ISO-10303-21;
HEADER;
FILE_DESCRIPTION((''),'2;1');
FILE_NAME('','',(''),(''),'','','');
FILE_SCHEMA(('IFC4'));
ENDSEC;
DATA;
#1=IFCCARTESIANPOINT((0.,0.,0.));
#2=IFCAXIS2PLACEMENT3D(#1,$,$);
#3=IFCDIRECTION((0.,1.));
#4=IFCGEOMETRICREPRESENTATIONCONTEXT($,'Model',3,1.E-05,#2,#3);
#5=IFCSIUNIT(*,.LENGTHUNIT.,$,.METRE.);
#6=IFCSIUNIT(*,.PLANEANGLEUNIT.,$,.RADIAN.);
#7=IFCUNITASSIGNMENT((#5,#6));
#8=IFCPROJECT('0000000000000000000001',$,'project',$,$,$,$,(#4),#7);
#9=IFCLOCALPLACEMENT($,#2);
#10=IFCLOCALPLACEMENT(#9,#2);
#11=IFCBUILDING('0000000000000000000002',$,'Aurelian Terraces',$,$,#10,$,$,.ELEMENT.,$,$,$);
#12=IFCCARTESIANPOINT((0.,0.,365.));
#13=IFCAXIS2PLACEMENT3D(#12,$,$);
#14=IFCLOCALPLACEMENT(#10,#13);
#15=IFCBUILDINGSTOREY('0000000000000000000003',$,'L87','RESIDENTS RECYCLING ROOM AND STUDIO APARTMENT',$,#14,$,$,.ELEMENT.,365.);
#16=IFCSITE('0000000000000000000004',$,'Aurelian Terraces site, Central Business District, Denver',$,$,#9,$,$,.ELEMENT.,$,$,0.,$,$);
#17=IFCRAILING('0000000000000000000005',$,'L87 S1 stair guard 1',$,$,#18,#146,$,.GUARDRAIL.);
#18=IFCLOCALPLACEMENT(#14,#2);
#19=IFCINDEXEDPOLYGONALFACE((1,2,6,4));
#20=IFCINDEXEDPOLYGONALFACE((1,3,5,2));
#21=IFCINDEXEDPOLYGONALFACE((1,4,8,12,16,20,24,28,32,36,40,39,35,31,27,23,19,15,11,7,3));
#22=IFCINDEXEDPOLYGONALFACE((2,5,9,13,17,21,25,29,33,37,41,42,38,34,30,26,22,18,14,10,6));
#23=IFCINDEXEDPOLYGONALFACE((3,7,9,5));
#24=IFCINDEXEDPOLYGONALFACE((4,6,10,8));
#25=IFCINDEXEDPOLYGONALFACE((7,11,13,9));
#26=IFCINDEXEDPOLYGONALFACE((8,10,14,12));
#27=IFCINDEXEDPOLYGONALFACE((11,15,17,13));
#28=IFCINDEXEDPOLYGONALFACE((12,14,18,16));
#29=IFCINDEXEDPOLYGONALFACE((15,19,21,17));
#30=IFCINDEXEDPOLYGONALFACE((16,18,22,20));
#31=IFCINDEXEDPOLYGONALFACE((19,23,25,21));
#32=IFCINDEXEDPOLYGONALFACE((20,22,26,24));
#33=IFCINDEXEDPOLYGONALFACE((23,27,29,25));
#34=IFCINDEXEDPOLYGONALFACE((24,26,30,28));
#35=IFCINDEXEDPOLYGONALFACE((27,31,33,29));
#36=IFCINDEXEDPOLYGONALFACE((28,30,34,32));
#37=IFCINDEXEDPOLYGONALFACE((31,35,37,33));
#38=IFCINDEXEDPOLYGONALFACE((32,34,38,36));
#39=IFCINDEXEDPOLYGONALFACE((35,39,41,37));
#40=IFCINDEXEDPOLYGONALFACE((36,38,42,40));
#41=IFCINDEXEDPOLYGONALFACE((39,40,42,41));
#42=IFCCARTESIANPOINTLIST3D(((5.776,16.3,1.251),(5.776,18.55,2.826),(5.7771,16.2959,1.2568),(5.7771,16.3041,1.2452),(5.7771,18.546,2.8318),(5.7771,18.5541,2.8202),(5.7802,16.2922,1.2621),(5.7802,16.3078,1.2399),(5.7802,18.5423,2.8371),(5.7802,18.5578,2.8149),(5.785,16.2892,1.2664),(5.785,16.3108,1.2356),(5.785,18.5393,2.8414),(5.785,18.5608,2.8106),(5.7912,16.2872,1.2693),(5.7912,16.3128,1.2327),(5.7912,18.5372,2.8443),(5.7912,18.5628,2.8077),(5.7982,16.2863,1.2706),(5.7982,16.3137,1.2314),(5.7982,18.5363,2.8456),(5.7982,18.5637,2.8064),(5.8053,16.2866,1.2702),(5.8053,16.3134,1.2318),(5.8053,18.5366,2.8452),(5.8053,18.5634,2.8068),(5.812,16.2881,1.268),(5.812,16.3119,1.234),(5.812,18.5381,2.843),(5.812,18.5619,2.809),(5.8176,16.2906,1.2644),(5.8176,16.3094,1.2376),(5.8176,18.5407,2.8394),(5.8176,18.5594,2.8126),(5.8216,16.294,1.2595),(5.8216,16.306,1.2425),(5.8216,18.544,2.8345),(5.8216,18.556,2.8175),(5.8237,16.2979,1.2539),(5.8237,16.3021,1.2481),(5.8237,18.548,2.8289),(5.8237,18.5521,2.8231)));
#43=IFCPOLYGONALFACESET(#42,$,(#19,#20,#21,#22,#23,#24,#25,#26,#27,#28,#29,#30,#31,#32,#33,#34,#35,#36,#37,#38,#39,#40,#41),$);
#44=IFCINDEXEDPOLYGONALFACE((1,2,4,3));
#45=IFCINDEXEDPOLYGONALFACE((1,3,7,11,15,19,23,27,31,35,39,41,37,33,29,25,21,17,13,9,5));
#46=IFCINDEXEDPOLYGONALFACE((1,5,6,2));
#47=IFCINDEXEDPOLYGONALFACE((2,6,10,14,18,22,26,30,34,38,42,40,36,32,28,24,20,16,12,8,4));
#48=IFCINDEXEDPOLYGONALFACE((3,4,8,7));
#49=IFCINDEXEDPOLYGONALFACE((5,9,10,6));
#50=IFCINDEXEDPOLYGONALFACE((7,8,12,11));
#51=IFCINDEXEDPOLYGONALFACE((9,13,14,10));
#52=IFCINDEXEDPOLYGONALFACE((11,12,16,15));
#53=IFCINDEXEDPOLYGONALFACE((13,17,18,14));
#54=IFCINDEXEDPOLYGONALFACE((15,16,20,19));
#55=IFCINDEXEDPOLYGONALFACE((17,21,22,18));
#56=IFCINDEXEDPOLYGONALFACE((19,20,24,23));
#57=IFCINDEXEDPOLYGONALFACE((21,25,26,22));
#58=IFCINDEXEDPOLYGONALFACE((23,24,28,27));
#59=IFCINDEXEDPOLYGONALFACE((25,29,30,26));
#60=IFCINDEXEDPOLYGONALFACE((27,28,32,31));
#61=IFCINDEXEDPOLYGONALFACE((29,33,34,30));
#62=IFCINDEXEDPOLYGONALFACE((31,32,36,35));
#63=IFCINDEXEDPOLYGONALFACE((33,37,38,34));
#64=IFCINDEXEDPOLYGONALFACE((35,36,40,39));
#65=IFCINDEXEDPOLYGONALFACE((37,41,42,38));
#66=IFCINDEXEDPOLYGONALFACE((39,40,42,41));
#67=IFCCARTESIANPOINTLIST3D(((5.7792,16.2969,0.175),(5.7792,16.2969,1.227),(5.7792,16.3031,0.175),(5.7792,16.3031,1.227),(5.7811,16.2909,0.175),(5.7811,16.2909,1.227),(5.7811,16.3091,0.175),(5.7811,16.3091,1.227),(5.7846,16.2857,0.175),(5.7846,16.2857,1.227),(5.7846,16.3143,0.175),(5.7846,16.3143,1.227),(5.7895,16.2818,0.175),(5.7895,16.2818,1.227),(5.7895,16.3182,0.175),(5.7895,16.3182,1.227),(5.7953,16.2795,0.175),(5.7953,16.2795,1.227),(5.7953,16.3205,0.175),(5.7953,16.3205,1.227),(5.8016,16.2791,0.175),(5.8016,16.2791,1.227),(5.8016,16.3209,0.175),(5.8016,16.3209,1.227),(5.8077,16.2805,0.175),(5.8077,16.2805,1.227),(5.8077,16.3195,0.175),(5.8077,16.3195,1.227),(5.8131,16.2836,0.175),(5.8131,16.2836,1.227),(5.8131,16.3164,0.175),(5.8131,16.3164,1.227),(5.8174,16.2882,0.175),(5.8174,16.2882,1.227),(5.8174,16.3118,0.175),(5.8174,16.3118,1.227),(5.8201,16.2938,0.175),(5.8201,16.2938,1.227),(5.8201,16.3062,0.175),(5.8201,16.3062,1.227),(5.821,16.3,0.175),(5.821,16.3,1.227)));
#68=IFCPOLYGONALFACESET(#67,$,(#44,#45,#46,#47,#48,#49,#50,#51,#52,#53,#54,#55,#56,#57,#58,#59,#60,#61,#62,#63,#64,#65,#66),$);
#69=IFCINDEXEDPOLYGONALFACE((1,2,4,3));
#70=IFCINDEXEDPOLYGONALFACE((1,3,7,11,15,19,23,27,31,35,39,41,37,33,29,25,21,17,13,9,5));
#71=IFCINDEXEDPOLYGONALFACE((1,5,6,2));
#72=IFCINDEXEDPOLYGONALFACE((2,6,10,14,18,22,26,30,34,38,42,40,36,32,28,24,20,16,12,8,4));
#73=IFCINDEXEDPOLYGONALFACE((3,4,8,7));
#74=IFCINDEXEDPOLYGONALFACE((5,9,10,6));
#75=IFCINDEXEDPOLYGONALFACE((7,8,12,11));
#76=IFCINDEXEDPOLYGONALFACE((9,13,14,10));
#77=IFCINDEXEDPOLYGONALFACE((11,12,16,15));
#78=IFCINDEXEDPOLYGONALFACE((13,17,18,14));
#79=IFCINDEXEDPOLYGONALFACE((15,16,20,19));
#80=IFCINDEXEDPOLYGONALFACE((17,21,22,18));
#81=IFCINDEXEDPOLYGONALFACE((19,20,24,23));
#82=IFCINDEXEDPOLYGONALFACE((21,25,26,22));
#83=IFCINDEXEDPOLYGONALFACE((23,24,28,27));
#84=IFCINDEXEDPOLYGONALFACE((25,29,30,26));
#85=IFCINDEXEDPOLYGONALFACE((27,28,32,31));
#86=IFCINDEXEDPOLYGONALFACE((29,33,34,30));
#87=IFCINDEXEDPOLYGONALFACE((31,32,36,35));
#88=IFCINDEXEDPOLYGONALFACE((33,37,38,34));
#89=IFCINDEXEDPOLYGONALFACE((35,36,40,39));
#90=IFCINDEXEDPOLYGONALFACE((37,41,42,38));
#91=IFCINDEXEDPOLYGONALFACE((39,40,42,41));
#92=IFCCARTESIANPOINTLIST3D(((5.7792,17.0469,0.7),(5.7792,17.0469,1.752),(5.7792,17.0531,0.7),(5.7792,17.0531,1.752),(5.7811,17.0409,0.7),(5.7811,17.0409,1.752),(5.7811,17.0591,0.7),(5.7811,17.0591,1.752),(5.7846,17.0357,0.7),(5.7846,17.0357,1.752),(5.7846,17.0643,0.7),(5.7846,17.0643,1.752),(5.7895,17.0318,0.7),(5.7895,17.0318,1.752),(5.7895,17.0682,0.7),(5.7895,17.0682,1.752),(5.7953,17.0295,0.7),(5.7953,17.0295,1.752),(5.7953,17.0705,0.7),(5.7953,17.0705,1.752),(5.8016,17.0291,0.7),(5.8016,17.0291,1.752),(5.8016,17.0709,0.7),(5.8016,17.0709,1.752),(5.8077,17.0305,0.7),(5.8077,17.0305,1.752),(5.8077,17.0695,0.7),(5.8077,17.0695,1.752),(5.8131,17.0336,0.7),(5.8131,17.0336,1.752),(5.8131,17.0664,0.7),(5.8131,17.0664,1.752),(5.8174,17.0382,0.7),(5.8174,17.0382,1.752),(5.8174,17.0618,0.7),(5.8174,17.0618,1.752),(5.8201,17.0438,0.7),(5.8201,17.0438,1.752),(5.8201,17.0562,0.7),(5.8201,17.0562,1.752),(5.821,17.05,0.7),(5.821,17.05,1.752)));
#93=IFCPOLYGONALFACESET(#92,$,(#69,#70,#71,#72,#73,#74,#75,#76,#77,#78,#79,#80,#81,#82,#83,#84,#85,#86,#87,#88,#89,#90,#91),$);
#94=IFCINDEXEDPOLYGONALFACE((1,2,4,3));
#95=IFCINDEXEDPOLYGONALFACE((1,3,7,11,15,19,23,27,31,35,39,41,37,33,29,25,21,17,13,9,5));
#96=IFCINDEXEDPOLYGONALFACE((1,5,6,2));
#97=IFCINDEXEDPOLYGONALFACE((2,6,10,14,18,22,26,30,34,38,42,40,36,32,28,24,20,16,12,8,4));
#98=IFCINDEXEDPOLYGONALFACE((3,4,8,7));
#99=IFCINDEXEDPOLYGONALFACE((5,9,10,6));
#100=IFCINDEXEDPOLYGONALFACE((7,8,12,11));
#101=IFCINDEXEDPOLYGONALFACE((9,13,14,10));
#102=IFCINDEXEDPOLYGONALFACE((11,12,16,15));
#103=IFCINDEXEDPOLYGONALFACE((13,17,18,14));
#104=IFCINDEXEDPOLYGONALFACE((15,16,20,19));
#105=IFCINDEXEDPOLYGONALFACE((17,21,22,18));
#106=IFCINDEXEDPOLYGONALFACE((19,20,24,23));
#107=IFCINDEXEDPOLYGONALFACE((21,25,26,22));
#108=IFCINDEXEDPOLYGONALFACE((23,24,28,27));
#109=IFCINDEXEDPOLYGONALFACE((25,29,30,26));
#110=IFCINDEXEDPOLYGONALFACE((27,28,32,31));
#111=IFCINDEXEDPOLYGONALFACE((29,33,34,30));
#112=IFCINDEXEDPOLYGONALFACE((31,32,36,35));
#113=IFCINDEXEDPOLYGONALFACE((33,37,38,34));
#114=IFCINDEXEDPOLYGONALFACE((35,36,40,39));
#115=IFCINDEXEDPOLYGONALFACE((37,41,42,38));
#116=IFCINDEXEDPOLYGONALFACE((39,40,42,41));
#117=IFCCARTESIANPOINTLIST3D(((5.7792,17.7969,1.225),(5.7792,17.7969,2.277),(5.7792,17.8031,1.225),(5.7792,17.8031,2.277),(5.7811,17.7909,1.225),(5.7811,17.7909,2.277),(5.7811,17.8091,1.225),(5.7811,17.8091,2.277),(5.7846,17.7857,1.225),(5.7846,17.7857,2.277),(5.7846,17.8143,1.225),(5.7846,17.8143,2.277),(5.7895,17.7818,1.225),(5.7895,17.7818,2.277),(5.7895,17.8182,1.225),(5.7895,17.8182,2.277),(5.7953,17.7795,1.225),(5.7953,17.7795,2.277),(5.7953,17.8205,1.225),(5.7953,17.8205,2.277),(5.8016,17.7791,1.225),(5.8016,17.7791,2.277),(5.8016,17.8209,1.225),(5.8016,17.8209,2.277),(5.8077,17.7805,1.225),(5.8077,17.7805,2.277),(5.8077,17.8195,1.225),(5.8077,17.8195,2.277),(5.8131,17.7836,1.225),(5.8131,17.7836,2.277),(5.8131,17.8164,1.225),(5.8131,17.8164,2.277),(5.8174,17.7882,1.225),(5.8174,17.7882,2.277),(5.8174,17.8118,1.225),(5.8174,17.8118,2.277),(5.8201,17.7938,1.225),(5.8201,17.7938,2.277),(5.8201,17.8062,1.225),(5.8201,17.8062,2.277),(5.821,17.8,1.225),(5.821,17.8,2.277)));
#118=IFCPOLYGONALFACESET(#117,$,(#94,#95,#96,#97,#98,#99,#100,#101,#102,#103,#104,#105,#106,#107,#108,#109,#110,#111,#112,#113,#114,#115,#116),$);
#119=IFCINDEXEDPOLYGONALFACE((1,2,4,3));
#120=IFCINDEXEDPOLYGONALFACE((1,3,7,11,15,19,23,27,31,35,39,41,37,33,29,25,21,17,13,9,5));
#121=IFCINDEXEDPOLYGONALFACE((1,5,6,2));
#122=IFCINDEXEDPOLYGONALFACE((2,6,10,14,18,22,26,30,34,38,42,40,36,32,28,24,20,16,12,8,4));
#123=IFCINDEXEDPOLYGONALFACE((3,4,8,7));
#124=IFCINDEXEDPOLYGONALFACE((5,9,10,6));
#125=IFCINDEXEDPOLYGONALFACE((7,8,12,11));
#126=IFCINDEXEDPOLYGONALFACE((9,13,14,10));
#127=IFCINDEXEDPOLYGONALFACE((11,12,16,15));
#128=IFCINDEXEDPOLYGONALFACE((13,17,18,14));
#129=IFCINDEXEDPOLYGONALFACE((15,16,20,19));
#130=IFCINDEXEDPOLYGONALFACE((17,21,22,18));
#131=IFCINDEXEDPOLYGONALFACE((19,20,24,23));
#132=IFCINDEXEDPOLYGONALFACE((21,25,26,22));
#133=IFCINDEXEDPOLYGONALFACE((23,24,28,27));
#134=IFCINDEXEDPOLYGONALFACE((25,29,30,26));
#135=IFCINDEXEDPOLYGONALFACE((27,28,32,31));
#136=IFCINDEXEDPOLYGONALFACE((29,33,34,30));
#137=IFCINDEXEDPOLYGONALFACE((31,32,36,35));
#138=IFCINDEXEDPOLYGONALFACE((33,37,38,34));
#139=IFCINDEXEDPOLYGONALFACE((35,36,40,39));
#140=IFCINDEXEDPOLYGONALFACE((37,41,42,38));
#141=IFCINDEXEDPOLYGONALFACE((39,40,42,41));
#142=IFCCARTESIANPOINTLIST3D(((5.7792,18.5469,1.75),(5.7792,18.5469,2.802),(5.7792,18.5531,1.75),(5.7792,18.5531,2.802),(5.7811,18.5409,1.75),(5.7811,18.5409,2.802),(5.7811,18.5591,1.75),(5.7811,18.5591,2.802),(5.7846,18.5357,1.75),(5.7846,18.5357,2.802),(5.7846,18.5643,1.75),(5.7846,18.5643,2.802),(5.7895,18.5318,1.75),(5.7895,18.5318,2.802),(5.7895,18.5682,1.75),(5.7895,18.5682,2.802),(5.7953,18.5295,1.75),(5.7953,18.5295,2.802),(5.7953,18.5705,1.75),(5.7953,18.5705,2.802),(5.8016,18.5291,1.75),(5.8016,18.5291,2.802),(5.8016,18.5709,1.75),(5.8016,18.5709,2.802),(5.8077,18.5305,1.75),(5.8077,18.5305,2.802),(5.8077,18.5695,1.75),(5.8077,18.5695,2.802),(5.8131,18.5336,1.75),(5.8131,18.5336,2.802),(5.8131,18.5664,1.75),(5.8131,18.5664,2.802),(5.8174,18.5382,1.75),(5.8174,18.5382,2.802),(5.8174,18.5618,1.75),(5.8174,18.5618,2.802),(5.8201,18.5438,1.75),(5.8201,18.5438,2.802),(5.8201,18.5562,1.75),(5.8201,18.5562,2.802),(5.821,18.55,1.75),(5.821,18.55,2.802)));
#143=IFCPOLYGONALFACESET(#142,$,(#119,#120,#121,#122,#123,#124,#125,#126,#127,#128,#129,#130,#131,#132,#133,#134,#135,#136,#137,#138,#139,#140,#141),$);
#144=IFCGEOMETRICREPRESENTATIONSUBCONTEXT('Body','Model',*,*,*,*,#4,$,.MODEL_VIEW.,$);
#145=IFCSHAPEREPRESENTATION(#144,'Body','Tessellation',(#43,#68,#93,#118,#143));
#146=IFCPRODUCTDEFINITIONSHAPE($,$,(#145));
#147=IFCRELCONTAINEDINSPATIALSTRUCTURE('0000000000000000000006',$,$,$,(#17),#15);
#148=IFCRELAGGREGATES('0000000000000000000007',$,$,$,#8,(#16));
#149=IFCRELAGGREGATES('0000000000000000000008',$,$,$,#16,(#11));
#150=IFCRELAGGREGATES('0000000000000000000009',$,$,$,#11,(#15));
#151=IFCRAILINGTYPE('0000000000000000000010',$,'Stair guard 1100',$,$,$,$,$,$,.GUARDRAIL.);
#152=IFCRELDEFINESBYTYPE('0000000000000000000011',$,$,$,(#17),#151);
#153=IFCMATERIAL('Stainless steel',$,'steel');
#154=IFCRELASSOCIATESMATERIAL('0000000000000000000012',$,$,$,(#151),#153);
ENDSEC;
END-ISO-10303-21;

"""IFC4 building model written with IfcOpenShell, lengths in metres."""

from ifc_helpers import new_model, si_unit, direction, frame, origin, origin_2d, place, context, subcontext, project, spatial, circle, extrude, source, transform, mapped, material, type_object, element, save


model = new_model("IFC4")

# Units and contexts
model_context = context("Model", 3, precision=1e-05, world=origin(), true_north=direction((0.0, 1.0)))
body_context = subcontext(model_context, "Body", "Model", "MODEL_VIEW")
ifc_project = project(units=[si_unit("LENGTHUNIT", "METRE"), si_unit("PLANEANGLEUNIT", "RADIAN")], contexts=[model_context])

# Site, building, storey
site_placement = place(None, origin())
site = spatial("IfcSite", under=ifc_project, at=site_placement, Name="Aurelian Terraces site, Central Business District, Denver", CompositionType="ELEMENT", RefElevation=0.0)
building_placement = place(site_placement, origin())
building = spatial("IfcBuilding", under=site, at=building_placement, Name="Aurelian Terraces", CompositionType="ELEMENT")
storey_placement = place(building_placement, frame((0.0, 0.0, 365.0)))
storey = spatial("IfcBuildingStorey", under=building, at=storey_placement, Name="L87", Description="RESIDENTS RECYCLING ROOM AND STUDIO APARTMENT", CompositionType="ELEMENT", Elevation=365.0)

# Shared definitions
ifc_material_1 = material(Name="Stainless steel", Category="steel")

# Railing
railing_type = type_object("IfcRailingType", Name="Stair guard 1100", PredefinedType="GUARDRAIL", material=ifc_material_1)
shared_shape_1 = source(origin(), body_context, "Body", "SweptSolid", [
    extrude(circle(Radius=0.024, at=origin_2d()), frame((0.0, 0.0, 1.076), z_axis=(0.0, 0.819232, 0.573462), x_axis=(-1.0, 0.0, 0.0)), (0.0, 0.0, 1.0), 2.7465),
    extrude(circle(Radius=0.021, at=origin_2d()), origin(), (0.0, 0.0, 1.0), 1.052),
    extrude(circle(Radius=0.021, at=origin_2d()), frame((0.0, 0.75, 0.525)), (0.0, 0.0, 1.0), 1.052),
    extrude(circle(Radius=0.021, at=origin_2d()), frame((0.0, 1.5, 1.05)), (0.0, 0.0, 1.0), 1.052),
    extrude(circle(Radius=0.021, at=origin_2d()), frame((0.0, 2.25, 1.575)), (0.0, 0.0, 1.0), 1.052),
])
railing_1_placement = place(storey_placement, frame((5.8, 16.3, 0.175)))
element("IfcRailing", 1, at=railing_1_placement, inside=storey, type_object=railing_type, Name="L87 S1 stair guard 1", PredefinedType="GUARDRAIL", context=body_context, shape_type="MappedRepresentation", body=[
    mapped(shared_shape_1, transform((0.0, 0.0, 0.0), scale=1.0)),
])

save(model, "model.ifc")
